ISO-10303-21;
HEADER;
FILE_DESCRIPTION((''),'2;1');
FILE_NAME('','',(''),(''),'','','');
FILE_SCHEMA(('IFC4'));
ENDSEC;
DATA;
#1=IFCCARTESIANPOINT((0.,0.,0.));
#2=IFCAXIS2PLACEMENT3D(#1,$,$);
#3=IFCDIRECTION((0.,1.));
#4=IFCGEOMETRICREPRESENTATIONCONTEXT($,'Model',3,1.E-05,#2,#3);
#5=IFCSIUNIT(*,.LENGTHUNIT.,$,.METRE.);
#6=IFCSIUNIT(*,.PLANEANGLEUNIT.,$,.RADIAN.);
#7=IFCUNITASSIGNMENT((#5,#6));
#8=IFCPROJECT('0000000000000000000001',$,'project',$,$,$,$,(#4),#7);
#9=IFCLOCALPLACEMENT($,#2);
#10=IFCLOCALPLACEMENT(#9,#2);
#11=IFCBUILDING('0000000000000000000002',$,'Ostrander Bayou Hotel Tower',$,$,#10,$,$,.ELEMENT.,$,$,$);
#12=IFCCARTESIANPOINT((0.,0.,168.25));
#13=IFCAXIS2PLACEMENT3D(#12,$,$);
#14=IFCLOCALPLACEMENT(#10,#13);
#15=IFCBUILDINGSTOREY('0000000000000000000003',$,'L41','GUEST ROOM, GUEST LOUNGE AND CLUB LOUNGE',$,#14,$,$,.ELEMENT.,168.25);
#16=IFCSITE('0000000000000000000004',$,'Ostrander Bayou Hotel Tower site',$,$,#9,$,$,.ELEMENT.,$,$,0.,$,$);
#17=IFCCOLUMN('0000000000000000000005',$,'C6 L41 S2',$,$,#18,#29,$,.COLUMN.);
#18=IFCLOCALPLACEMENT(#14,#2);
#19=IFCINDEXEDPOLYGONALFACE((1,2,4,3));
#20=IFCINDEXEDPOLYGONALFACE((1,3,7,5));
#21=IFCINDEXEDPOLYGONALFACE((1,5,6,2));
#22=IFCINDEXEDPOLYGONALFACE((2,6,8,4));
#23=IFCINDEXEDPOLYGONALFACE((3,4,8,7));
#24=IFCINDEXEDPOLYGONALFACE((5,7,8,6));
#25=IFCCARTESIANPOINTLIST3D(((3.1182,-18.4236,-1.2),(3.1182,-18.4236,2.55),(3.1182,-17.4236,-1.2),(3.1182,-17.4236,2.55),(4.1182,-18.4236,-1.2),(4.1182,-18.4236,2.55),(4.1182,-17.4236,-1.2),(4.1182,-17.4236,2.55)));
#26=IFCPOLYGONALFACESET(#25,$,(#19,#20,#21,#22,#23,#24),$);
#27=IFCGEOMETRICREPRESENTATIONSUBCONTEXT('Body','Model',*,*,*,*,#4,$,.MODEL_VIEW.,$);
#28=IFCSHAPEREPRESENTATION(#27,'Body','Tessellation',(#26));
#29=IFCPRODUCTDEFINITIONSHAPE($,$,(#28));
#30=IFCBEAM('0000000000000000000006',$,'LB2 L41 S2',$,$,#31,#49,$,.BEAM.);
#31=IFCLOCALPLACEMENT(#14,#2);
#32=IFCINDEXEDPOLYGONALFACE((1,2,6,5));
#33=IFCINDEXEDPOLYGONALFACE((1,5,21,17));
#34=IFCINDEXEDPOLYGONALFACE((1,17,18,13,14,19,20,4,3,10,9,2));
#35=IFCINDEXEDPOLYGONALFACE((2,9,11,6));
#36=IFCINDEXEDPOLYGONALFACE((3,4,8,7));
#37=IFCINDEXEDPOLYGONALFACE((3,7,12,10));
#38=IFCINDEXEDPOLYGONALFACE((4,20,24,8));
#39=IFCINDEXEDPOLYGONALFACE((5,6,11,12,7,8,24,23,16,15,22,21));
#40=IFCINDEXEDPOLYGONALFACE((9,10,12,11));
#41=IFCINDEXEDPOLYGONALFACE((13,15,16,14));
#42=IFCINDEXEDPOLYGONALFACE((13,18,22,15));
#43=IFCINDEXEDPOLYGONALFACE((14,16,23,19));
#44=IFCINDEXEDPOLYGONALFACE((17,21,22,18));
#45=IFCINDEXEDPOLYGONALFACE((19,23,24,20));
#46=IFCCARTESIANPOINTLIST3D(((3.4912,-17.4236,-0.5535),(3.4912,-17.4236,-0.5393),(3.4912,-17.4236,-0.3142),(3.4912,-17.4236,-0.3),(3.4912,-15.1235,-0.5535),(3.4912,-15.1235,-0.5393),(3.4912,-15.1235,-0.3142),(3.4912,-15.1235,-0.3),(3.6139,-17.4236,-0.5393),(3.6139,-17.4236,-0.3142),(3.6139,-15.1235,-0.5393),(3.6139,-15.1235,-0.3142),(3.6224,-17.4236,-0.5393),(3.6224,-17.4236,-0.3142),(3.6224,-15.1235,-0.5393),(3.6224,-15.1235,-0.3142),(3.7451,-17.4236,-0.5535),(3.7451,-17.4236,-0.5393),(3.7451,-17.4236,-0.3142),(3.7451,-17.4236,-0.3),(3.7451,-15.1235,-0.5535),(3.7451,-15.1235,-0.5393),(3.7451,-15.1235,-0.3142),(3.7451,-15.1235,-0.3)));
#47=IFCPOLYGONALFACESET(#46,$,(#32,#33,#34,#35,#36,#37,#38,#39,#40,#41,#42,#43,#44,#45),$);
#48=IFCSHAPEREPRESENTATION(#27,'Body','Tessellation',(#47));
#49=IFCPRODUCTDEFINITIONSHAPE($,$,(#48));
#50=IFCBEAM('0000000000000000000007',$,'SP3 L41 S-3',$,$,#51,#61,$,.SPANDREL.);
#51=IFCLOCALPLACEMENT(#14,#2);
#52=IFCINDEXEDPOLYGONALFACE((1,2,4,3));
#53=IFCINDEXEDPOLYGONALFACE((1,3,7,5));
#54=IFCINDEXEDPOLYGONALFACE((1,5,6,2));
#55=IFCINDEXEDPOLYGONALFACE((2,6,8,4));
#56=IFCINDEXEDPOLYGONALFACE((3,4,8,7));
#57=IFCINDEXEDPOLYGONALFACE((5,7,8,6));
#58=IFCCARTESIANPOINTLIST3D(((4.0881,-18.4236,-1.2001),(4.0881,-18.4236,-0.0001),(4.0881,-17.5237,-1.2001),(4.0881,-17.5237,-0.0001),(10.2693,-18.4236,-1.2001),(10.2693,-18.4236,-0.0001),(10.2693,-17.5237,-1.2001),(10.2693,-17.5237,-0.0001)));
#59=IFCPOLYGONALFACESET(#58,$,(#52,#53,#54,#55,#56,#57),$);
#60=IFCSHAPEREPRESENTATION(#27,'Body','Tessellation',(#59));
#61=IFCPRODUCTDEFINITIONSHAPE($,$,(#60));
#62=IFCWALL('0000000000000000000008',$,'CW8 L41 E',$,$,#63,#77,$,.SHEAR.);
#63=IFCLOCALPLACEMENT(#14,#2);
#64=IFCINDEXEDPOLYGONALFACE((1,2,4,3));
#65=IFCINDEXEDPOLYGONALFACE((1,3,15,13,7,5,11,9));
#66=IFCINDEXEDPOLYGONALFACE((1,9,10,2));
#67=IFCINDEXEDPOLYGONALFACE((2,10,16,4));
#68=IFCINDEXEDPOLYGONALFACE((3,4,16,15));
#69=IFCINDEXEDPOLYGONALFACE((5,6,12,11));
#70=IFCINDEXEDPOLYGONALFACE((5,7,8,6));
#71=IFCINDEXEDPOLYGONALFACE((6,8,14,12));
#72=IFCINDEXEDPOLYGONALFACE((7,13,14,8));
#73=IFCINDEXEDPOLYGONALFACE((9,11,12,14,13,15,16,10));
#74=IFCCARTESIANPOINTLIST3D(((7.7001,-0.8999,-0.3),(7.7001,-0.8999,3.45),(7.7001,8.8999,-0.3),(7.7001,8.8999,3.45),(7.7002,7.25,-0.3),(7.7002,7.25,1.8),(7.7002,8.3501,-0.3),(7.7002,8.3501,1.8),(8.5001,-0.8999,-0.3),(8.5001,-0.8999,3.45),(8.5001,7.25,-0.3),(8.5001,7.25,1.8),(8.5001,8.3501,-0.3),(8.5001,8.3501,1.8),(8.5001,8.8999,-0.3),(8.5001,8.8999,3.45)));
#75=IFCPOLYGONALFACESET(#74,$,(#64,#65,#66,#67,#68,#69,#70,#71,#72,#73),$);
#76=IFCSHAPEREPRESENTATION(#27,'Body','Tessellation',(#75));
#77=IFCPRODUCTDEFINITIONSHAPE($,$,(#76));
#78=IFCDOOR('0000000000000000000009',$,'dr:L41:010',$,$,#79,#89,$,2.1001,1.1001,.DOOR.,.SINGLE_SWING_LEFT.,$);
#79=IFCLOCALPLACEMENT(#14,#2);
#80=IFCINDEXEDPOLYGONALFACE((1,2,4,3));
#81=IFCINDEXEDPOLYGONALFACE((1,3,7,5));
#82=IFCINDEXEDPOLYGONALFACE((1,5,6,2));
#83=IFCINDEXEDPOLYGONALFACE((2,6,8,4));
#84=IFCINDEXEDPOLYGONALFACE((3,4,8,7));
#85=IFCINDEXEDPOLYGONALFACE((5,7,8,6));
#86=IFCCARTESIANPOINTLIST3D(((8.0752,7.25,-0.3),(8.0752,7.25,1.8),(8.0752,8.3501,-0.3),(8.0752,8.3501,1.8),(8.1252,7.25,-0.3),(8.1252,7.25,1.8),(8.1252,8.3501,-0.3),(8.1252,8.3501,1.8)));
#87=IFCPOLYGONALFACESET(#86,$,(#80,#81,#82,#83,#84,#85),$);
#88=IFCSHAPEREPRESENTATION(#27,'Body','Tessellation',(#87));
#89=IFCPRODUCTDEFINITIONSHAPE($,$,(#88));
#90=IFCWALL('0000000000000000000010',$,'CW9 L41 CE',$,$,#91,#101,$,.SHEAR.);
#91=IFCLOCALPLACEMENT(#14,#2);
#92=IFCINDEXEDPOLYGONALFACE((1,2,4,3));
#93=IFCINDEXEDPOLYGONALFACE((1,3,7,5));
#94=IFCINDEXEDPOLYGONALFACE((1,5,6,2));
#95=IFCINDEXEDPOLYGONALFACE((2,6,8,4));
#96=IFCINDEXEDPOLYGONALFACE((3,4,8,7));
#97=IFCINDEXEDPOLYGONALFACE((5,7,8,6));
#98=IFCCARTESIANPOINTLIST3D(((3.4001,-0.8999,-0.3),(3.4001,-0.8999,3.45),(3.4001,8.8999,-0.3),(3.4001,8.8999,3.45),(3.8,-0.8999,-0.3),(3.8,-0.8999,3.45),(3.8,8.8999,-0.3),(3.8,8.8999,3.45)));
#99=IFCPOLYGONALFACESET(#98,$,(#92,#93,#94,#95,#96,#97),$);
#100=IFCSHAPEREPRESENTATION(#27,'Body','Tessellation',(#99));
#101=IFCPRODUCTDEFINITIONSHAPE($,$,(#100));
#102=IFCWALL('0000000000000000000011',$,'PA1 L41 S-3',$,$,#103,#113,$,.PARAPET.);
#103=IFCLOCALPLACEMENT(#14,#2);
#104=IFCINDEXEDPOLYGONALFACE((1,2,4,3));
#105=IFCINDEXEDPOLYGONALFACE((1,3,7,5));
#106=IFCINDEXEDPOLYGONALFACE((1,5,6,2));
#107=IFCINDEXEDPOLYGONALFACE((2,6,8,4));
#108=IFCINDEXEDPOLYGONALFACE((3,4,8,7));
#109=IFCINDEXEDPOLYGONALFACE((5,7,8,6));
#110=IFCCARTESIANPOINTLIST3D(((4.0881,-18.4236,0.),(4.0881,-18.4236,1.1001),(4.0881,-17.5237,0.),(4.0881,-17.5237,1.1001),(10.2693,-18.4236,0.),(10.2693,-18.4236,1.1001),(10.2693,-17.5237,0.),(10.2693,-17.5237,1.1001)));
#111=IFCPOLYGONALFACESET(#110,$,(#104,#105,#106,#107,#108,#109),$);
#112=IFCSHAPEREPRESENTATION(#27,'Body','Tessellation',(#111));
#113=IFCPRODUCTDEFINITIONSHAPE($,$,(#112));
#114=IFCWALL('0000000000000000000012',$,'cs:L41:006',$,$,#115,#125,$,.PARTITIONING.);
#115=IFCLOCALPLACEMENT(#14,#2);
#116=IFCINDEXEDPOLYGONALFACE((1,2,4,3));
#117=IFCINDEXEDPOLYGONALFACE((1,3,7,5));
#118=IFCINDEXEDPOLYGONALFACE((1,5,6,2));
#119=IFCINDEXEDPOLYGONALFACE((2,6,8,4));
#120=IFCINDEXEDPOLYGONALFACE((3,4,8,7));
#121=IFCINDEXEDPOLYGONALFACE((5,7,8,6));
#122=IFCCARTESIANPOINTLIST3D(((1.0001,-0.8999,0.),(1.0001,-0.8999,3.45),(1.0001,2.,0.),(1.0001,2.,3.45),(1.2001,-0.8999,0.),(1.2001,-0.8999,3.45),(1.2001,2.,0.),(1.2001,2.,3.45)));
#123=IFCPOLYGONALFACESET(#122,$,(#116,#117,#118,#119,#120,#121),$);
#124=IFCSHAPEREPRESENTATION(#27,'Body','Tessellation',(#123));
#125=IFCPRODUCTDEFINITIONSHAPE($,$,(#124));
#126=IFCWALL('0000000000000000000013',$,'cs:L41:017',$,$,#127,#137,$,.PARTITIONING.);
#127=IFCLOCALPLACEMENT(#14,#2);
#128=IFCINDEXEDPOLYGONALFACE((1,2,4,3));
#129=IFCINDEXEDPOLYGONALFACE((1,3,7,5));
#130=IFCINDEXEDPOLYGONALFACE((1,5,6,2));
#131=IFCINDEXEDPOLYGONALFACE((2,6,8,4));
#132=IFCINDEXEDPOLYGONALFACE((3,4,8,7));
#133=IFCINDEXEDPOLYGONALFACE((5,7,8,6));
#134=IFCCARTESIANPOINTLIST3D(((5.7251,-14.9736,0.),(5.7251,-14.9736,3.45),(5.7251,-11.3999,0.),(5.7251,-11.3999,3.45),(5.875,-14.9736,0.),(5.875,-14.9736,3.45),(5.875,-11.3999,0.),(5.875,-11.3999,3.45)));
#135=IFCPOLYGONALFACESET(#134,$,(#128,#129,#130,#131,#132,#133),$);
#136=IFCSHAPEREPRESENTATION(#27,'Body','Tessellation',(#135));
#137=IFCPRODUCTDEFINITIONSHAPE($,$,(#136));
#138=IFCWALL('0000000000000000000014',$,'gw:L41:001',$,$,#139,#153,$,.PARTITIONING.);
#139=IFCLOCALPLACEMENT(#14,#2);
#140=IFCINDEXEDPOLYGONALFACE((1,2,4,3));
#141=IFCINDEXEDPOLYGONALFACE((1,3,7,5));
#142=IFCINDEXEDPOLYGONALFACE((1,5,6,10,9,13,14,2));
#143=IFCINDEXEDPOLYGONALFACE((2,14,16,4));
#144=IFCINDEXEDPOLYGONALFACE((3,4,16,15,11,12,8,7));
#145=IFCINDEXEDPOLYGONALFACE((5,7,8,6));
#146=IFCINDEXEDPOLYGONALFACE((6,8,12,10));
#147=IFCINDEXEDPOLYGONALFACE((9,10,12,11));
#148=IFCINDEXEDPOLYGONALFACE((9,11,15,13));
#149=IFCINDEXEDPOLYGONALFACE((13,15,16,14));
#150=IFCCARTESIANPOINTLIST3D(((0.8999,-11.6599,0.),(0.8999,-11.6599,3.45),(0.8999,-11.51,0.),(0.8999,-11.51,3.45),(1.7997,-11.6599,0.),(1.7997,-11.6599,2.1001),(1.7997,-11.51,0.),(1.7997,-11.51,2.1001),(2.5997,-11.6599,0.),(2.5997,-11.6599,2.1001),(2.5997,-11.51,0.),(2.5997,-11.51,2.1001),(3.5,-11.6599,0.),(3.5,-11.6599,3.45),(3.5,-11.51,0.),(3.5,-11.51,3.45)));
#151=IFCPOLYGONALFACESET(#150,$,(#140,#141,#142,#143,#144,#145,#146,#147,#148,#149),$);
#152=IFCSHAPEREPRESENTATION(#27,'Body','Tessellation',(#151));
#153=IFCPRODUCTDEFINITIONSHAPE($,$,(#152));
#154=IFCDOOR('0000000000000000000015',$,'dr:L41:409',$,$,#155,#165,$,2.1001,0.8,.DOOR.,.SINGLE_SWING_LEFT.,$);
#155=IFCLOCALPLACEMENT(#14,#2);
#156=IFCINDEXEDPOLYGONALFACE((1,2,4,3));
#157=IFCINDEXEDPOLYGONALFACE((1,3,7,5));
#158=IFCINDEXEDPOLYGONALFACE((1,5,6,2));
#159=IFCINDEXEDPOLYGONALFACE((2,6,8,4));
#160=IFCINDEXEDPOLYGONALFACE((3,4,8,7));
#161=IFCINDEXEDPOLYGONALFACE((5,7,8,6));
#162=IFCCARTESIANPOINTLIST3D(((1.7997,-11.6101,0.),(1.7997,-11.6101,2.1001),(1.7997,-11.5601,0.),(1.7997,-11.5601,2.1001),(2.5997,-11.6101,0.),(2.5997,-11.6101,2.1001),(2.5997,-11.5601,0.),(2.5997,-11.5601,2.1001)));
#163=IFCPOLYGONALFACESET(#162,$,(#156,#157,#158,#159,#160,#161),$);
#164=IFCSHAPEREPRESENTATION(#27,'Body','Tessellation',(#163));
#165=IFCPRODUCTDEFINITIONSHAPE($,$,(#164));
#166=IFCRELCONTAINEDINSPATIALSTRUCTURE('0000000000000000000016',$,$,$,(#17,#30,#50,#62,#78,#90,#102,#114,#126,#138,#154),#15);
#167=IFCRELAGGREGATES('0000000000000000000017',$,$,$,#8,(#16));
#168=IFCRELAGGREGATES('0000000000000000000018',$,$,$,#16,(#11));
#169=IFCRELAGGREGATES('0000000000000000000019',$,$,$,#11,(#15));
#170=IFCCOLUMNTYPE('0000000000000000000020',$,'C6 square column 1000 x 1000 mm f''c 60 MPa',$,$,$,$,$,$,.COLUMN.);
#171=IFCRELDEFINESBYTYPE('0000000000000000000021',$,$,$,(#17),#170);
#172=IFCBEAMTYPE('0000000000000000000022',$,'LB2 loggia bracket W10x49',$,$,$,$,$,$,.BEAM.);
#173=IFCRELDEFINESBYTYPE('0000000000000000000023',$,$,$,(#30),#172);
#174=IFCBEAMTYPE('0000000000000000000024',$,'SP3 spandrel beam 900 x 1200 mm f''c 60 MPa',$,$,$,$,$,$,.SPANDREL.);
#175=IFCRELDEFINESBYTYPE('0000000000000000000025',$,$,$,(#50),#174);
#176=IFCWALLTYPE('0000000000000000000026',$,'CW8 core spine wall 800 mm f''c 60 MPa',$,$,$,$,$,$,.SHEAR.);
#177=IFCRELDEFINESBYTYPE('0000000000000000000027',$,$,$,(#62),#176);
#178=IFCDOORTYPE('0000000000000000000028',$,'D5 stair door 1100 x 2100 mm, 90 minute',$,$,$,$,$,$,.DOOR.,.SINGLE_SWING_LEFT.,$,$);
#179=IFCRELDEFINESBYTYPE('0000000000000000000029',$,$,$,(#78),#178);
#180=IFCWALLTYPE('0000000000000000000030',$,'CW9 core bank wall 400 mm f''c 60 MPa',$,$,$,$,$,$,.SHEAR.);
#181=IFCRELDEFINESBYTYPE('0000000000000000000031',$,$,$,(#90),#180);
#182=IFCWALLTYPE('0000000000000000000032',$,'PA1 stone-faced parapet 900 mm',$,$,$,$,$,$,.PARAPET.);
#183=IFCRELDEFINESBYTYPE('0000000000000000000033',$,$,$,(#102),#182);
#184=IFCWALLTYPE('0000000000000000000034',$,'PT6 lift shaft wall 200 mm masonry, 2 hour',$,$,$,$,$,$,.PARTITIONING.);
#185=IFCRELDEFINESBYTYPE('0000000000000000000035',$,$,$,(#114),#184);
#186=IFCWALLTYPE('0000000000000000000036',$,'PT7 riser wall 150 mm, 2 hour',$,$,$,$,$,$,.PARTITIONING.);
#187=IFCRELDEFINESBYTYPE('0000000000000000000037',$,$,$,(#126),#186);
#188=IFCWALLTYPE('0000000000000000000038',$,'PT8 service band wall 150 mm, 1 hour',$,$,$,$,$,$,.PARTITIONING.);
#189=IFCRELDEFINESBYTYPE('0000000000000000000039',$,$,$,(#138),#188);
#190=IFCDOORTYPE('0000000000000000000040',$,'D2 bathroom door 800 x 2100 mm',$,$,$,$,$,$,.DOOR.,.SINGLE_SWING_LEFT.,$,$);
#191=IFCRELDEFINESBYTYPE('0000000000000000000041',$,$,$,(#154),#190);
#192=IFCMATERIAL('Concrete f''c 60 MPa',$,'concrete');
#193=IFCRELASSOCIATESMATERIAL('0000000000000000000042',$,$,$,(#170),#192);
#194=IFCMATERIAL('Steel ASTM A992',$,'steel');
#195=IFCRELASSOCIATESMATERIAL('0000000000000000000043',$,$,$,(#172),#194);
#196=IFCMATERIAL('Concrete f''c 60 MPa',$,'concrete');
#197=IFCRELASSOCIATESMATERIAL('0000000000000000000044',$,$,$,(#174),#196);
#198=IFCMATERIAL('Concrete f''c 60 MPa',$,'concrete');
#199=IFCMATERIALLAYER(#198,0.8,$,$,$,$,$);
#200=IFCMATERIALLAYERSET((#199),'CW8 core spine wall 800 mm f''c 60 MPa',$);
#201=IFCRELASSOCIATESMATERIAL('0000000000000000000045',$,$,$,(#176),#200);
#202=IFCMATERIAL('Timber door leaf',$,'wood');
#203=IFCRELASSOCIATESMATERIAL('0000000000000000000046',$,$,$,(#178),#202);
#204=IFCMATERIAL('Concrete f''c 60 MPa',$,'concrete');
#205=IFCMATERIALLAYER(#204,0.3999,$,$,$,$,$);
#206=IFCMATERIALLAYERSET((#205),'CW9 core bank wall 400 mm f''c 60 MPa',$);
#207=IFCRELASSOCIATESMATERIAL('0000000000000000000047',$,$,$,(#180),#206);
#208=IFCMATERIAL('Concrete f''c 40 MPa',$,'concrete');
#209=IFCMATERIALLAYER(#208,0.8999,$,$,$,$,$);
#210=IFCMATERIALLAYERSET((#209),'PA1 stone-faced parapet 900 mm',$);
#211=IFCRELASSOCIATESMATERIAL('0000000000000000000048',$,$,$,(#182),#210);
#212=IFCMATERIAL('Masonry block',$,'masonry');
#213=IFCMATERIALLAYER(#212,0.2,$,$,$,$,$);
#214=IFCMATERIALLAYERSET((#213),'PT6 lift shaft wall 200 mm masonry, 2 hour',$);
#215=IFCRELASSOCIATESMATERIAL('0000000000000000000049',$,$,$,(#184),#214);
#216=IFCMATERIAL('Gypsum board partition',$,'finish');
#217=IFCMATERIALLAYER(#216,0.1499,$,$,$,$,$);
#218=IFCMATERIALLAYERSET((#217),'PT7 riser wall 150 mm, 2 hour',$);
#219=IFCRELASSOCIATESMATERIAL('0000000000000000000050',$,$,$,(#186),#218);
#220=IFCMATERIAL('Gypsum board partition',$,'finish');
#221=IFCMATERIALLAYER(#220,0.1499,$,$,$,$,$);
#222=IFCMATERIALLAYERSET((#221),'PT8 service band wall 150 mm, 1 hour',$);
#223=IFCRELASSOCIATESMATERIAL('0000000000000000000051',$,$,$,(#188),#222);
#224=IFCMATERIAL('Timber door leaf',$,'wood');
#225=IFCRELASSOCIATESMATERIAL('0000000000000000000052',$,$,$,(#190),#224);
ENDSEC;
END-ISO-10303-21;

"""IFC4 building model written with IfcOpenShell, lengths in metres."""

from ifc_helpers import new_model, si_unit, direction, frame, frame_2d, origin, origin_2d, place, context, subcontext, project, spatial, rectangle, i_section, extrude, material, layer, layer_set, material_profile, profile_set, type_object, element, fill, save


model = new_model("IFC4")

# Units and contexts
model_context = context("Model", 3, precision=1e-05, world=origin(), true_north=direction((0.0, 1.0)))
body_context = subcontext(model_context, "Body", "Model", "MODEL_VIEW")
ifc_project = project(units=[si_unit("LENGTHUNIT", "METRE"), si_unit("PLANEANGLEUNIT", "RADIAN")], contexts=[model_context])

# Site, building, storey
site_placement = place(None, origin())
site = spatial("IfcSite", under=ifc_project, at=site_placement, Name="Ostrander Bayou Hotel Tower site", CompositionType="ELEMENT", RefElevation=0.0)
building_placement = place(site_placement, origin())
building = spatial("IfcBuilding", under=site, at=building_placement, Name="Ostrander Bayou Hotel Tower", CompositionType="ELEMENT")
storey_placement = place(building_placement, frame((0.0, 0.0, 168.25)))
storey = spatial("IfcBuildingStorey", under=building, at=storey_placement, Name="L41", Description="GUEST ROOM, GUEST LOUNGE AND CLUB LOUNGE", CompositionType="ELEMENT", Elevation=168.25)

# Column
ifc_material_1 = material(Name="Concrete f'c 60 MPa", Category="concrete")
ifc_material_profile_1 = material_profile(ifc_material_1, rectangle(XDim=1.0, YDim=1.0, at=origin_2d()))
ifc_profile_set_1 = profile_set([ifc_material_profile_1], Name="Concrete f'c 60 MPa")
column_type = type_object("IfcColumnType", Name="C6 square column 1000 x 1000 mm f'c 60 MPa", PredefinedType="COLUMN", material=ifc_profile_set_1)
column_placement = place(storey_placement, frame((3.6182, -17.9236, -1.2), z_axis=(0.0, 0.0, 1.0), x_axis=(-1.0, 0.0, 0.0)))
element("IfcColumn", 1, at=column_placement, inside=storey, type_object=column_type, Name="C6 L41 S2", PredefinedType="COLUMN", context=body_context, shape_type="SweptSolid", body=[
    extrude(rectangle(XDim=1.0, YDim=1.0, at=origin_2d()), origin(), (0.0, 0.0, 1.0), 3.75),
])

# Beams
ifc_material_2 = material(Name="Steel ASTM A992", Category="steel")
ifc_material_profile_2 = material_profile(ifc_material_2, i_section(OverallWidth=0.2539, OverallDepth=0.2534, WebThickness=0.0085, FlangeThickness=0.0142, at=origin_2d()))
ifc_profile_set_2 = profile_set([ifc_material_profile_2], Name="Steel ASTM A992")
beam_type_1 = type_object("IfcBeamType", Name="LB2 loggia bracket W10x49", PredefinedType="BEAM", material=ifc_profile_set_2)
beam_1_placement = place(storey_placement, frame((3.6182, -17.4236, -0.4268), z_axis=(0.0, 1.0, 0.0), x_axis=(-1.0, 0.0, 0.0)))
element("IfcBeam", 2, at=beam_1_placement, inside=storey, type_object=beam_type_1, Name="LB2 L41 S2", PredefinedType="BEAM", context=body_context, shape_type="SweptSolid", body=[
    extrude(i_section(OverallWidth=0.2539, OverallDepth=0.2534, WebThickness=0.0085, FlangeThickness=0.0142, at=origin_2d()), origin(), (0.0, 0.0, 1.0), 2.3),
])
ifc_material_3 = material(Name="Concrete f'c 60 MPa", Category="concrete")
ifc_material_profile_3 = material_profile(ifc_material_3, rectangle(XDim=0.8999, YDim=1.2, at=origin_2d()))
ifc_profile_set_3 = profile_set([ifc_material_profile_3], Name="Concrete f'c 60 MPa")
beam_type_2 = type_object("IfcBeamType", Name="SP3 spandrel beam 900 x 1200 mm f'c 60 MPa", PredefinedType="SPANDREL", material=ifc_profile_set_3)
beam_2_placement = place(storey_placement, frame((4.0881, -17.9736, -0.6001), z_axis=(1.0, 0.0, 0.0), x_axis=(0.0, 1.0, 0.0)))
element("IfcBeam", 3, at=beam_2_placement, inside=storey, type_object=beam_type_2, Name="SP3 L41 S-3", PredefinedType="SPANDREL", context=body_context, shape_type="SweptSolid", body=[
    extrude(rectangle(XDim=0.8999, YDim=1.2, at=origin_2d()), origin(), (0.0, 0.0, 1.0), 6.1812),
])

# Wall, opening, door
ifc_material_4 = material(Name="Concrete f'c 60 MPa", Category="concrete")
ifc_layer_1 = layer(ifc_material_4, 0.8)
ifc_layer_set_1 = layer_set([ifc_layer_1], Name="CW8 core spine wall 800 mm f'c 60 MPa")
wall_type_1 = type_object("IfcWallType", Name="CW8 core spine wall 800 mm f'c 60 MPa", PredefinedType="SHEAR", material=ifc_layer_set_1)
wall_1_placement = place(storey_placement, frame((8.1001, -0.8999, -0.3), z_axis=(0.0, 0.0, 1.0), x_axis=(0.0, 1.0, 0.0)))
wall_1 = element("IfcWall", 4, at=wall_1_placement, inside=storey, type_object=wall_type_1, Name="CW8 L41 E", PredefinedType="SHEAR", context=body_context, shape_type="SweptSolid", body=[
    extrude(rectangle(XDim=9.7998, YDim=0.8, at=frame_2d((4.8999, 0.0))), origin(), (0.0, 0.0, 1.0), 3.75),
])
opening_1_placement = place(wall_1_placement, frame((8.1499, 0.0, 0.0)))
opening_1 = element("IfcOpeningElement", 5, at=opening_1_placement, cuts=wall_1, PredefinedType="OPENING", context=body_context, shape_type="SweptSolid", body=[
    extrude(rectangle(XDim=1.1001, YDim=2.1001, at=frame_2d((0.55, 1.05))), frame((0.0, 0.3999, 0.0), z_axis=(0.0, -1.0, 0.0), x_axis=(1.0, 0.0, 0.0)), (0.0, 0.0, 1.0), 0.8),
])
ifc_material_5 = material(Name="Timber door leaf", Category="wood")
door_type_1 = type_object("IfcDoorType", Name="D5 stair door 1100 x 2100 mm, 90 minute", OperationType="SINGLE_SWING_LEFT", PredefinedType="DOOR", material=ifc_material_5)
door_1_placement = place(opening_1_placement, origin())
door_1 = element("IfcDoor", 6, at=door_1_placement, inside=storey, type_object=door_type_1, Name="dr:L41:010", OperationType="SINGLE_SWING_LEFT", OverallHeight=2.1001, OverallWidth=1.1001, PredefinedType="DOOR", context=body_context, shape_type="SweptSolid", body=[
    extrude(rectangle(XDim=1.1001, YDim=2.1001, at=frame_2d((0.55, 1.05))), frame((0.0, 0.0249, 0.0), z_axis=(0.0, -1.0, 0.0), x_axis=(1.0, 0.0, 0.0)), (0.0, 0.0, 1.0), 0.05),
])
fill(opening_1, door_1)

# Walls
ifc_material_6 = material(Name="Concrete f'c 60 MPa", Category="concrete")
ifc_layer_2 = layer(ifc_material_6, 0.3999)
ifc_layer_set_2 = layer_set([ifc_layer_2], Name="CW9 core bank wall 400 mm f'c 60 MPa")
wall_type_2 = type_object("IfcWallType", Name="CW9 core bank wall 400 mm f'c 60 MPa", PredefinedType="SHEAR", material=ifc_layer_set_2)
wall_2_placement = place(storey_placement, frame((3.6001, -0.8999, -0.3), z_axis=(0.0, 0.0, 1.0), x_axis=(0.0, 1.0, 0.0)))
element("IfcWall", 7, at=wall_2_placement, inside=storey, type_object=wall_type_2, Name="CW9 L41 CE", PredefinedType="SHEAR", context=body_context, shape_type="SweptSolid", body=[
    extrude(rectangle(XDim=9.7998, YDim=0.3999, at=frame_2d((4.8999, 0.0))), origin(), (0.0, 0.0, 1.0), 3.75),
])
ifc_material_7 = material(Name="Concrete f'c 40 MPa", Category="concrete")
ifc_layer_3 = layer(ifc_material_7, 0.8999)
ifc_layer_set_3 = layer_set([ifc_layer_3], Name="PA1 stone-faced parapet 900 mm")
wall_type_3 = type_object("IfcWallType", Name="PA1 stone-faced parapet 900 mm", PredefinedType="PARAPET", material=ifc_layer_set_3)
wall_3_placement = place(storey_placement, frame((4.0881, -17.9736, 0.0), z_axis=(0.0, 0.0, 1.0), x_axis=(1.0, 0.0, 0.0)))
element("IfcWall", 8, at=wall_3_placement, inside=storey, type_object=wall_type_3, Name="PA1 L41 S-3", PredefinedType="PARAPET", context=body_context, shape_type="SweptSolid", body=[
    extrude(rectangle(XDim=6.1812, YDim=0.8999, at=frame_2d((3.0906, 0.0))), origin(), (0.0, 0.0, 1.0), 1.1001),
])
ifc_material_8 = material(Name="Masonry block", Category="masonry")
ifc_layer_4 = layer(ifc_material_8, 0.2)
ifc_layer_set_4 = layer_set([ifc_layer_4], Name="PT6 lift shaft wall 200 mm masonry, 2 hour")
wall_type_4 = type_object("IfcWallType", Name="PT6 lift shaft wall 200 mm masonry, 2 hour", PredefinedType="PARTITIONING", material=ifc_layer_set_4)
wall_4_placement = place(storey_placement, frame((1.1001, -0.8999, 0.0), z_axis=(0.0, 0.0, 1.0), x_axis=(0.0, 1.0, 0.0)))
element("IfcWall", 9, at=wall_4_placement, inside=storey, type_object=wall_type_4, Name="cs:L41:006", PredefinedType="PARTITIONING", context=body_context, shape_type="SweptSolid", body=[
    extrude(rectangle(XDim=2.8999, YDim=0.2, at=frame_2d((1.45, 0.0))), origin(), (0.0, 0.0, 1.0), 3.45),
])
ifc_material_9 = material(Name="Gypsum board partition", Category="finish")
ifc_layer_5 = layer(ifc_material_9, 0.1499)
ifc_layer_set_5 = layer_set([ifc_layer_5], Name="PT7 riser wall 150 mm, 2 hour")
wall_type_5 = type_object("IfcWallType", Name="PT7 riser wall 150 mm, 2 hour", PredefinedType="PARTITIONING", material=ifc_layer_set_5)
wall_5_placement = place(storey_placement, frame((5.8, -11.3999, 0.0), z_axis=(0.0, 0.0, 1.0), x_axis=(0.0, -1.0, 0.0)))
element("IfcWall", 10, at=wall_5_placement, inside=storey, type_object=wall_type_5, Name="cs:L41:017", PredefinedType="PARTITIONING", context=body_context, shape_type="SweptSolid", body=[
    extrude(rectangle(XDim=3.5737, YDim=0.1499, at=frame_2d((1.7869, 0.0))), origin(), (0.0, 0.0, 1.0), 3.45),
])

# Wall, opening, door
ifc_material_10 = material(Name="Gypsum board partition", Category="finish")
ifc_layer_6 = layer(ifc_material_10, 0.1499)
ifc_layer_set_6 = layer_set([ifc_layer_6], Name="PT8 service band wall 150 mm, 1 hour")
wall_type_6 = type_object("IfcWallType", Name="PT8 service band wall 150 mm, 1 hour", PredefinedType="PARTITIONING", material=ifc_layer_set_6)
wall_6_placement = place(storey_placement, frame((0.8999, -11.585, 0.0), z_axis=(0.0, 0.0, 1.0), x_axis=(1.0, 0.0, 0.0)))
wall_6 = element("IfcWall", 11, at=wall_6_placement, inside=storey, type_object=wall_type_6, Name="gw:L41:001", PredefinedType="PARTITIONING", context=body_context, shape_type="SweptSolid", body=[
    extrude(rectangle(XDim=2.6001, YDim=0.1499, at=frame_2d((1.3, 0.0))), origin(), (0.0, 0.0, 1.0), 3.45),
])
opening_2_placement = place(wall_6_placement, frame((0.8999, 0.0, 0.0)))
opening_2 = element("IfcOpeningElement", 12, at=opening_2_placement, cuts=wall_6, PredefinedType="OPENING", context=body_context, shape_type="SweptSolid", body=[
    extrude(rectangle(XDim=0.8, YDim=2.1001, at=frame_2d((0.3999, 1.05))), frame((0.0, 0.075, 0.0), z_axis=(0.0, -1.0, 0.0), x_axis=(1.0, 0.0, 0.0)), (0.0, 0.0, 1.0), 0.1499),
])
ifc_material_11 = material(Name="Timber door leaf", Category="wood")
door_type_2 = type_object("IfcDoorType", Name="D2 bathroom door 800 x 2100 mm", OperationType="SINGLE_SWING_LEFT", PredefinedType="DOOR", material=ifc_material_11)
door_2_placement = place(opening_2_placement, origin())
door_2 = element("IfcDoor", 13, at=door_2_placement, inside=storey, type_object=door_type_2, Name="dr:L41:409", OperationType="SINGLE_SWING_LEFT", OverallHeight=2.1001, OverallWidth=0.8, PredefinedType="DOOR", context=body_context, shape_type="SweptSolid", body=[
    extrude(rectangle(XDim=0.8, YDim=2.1001, at=frame_2d((0.3999, 1.05))), frame((0.0, 0.0249, 0.0), z_axis=(0.0, -1.0, 0.0), x_axis=(1.0, 0.0, 0.0)), (0.0, 0.0, 1.0), 0.05),
])
fill(opening_2, door_2)

save(model, "model.ifc")
